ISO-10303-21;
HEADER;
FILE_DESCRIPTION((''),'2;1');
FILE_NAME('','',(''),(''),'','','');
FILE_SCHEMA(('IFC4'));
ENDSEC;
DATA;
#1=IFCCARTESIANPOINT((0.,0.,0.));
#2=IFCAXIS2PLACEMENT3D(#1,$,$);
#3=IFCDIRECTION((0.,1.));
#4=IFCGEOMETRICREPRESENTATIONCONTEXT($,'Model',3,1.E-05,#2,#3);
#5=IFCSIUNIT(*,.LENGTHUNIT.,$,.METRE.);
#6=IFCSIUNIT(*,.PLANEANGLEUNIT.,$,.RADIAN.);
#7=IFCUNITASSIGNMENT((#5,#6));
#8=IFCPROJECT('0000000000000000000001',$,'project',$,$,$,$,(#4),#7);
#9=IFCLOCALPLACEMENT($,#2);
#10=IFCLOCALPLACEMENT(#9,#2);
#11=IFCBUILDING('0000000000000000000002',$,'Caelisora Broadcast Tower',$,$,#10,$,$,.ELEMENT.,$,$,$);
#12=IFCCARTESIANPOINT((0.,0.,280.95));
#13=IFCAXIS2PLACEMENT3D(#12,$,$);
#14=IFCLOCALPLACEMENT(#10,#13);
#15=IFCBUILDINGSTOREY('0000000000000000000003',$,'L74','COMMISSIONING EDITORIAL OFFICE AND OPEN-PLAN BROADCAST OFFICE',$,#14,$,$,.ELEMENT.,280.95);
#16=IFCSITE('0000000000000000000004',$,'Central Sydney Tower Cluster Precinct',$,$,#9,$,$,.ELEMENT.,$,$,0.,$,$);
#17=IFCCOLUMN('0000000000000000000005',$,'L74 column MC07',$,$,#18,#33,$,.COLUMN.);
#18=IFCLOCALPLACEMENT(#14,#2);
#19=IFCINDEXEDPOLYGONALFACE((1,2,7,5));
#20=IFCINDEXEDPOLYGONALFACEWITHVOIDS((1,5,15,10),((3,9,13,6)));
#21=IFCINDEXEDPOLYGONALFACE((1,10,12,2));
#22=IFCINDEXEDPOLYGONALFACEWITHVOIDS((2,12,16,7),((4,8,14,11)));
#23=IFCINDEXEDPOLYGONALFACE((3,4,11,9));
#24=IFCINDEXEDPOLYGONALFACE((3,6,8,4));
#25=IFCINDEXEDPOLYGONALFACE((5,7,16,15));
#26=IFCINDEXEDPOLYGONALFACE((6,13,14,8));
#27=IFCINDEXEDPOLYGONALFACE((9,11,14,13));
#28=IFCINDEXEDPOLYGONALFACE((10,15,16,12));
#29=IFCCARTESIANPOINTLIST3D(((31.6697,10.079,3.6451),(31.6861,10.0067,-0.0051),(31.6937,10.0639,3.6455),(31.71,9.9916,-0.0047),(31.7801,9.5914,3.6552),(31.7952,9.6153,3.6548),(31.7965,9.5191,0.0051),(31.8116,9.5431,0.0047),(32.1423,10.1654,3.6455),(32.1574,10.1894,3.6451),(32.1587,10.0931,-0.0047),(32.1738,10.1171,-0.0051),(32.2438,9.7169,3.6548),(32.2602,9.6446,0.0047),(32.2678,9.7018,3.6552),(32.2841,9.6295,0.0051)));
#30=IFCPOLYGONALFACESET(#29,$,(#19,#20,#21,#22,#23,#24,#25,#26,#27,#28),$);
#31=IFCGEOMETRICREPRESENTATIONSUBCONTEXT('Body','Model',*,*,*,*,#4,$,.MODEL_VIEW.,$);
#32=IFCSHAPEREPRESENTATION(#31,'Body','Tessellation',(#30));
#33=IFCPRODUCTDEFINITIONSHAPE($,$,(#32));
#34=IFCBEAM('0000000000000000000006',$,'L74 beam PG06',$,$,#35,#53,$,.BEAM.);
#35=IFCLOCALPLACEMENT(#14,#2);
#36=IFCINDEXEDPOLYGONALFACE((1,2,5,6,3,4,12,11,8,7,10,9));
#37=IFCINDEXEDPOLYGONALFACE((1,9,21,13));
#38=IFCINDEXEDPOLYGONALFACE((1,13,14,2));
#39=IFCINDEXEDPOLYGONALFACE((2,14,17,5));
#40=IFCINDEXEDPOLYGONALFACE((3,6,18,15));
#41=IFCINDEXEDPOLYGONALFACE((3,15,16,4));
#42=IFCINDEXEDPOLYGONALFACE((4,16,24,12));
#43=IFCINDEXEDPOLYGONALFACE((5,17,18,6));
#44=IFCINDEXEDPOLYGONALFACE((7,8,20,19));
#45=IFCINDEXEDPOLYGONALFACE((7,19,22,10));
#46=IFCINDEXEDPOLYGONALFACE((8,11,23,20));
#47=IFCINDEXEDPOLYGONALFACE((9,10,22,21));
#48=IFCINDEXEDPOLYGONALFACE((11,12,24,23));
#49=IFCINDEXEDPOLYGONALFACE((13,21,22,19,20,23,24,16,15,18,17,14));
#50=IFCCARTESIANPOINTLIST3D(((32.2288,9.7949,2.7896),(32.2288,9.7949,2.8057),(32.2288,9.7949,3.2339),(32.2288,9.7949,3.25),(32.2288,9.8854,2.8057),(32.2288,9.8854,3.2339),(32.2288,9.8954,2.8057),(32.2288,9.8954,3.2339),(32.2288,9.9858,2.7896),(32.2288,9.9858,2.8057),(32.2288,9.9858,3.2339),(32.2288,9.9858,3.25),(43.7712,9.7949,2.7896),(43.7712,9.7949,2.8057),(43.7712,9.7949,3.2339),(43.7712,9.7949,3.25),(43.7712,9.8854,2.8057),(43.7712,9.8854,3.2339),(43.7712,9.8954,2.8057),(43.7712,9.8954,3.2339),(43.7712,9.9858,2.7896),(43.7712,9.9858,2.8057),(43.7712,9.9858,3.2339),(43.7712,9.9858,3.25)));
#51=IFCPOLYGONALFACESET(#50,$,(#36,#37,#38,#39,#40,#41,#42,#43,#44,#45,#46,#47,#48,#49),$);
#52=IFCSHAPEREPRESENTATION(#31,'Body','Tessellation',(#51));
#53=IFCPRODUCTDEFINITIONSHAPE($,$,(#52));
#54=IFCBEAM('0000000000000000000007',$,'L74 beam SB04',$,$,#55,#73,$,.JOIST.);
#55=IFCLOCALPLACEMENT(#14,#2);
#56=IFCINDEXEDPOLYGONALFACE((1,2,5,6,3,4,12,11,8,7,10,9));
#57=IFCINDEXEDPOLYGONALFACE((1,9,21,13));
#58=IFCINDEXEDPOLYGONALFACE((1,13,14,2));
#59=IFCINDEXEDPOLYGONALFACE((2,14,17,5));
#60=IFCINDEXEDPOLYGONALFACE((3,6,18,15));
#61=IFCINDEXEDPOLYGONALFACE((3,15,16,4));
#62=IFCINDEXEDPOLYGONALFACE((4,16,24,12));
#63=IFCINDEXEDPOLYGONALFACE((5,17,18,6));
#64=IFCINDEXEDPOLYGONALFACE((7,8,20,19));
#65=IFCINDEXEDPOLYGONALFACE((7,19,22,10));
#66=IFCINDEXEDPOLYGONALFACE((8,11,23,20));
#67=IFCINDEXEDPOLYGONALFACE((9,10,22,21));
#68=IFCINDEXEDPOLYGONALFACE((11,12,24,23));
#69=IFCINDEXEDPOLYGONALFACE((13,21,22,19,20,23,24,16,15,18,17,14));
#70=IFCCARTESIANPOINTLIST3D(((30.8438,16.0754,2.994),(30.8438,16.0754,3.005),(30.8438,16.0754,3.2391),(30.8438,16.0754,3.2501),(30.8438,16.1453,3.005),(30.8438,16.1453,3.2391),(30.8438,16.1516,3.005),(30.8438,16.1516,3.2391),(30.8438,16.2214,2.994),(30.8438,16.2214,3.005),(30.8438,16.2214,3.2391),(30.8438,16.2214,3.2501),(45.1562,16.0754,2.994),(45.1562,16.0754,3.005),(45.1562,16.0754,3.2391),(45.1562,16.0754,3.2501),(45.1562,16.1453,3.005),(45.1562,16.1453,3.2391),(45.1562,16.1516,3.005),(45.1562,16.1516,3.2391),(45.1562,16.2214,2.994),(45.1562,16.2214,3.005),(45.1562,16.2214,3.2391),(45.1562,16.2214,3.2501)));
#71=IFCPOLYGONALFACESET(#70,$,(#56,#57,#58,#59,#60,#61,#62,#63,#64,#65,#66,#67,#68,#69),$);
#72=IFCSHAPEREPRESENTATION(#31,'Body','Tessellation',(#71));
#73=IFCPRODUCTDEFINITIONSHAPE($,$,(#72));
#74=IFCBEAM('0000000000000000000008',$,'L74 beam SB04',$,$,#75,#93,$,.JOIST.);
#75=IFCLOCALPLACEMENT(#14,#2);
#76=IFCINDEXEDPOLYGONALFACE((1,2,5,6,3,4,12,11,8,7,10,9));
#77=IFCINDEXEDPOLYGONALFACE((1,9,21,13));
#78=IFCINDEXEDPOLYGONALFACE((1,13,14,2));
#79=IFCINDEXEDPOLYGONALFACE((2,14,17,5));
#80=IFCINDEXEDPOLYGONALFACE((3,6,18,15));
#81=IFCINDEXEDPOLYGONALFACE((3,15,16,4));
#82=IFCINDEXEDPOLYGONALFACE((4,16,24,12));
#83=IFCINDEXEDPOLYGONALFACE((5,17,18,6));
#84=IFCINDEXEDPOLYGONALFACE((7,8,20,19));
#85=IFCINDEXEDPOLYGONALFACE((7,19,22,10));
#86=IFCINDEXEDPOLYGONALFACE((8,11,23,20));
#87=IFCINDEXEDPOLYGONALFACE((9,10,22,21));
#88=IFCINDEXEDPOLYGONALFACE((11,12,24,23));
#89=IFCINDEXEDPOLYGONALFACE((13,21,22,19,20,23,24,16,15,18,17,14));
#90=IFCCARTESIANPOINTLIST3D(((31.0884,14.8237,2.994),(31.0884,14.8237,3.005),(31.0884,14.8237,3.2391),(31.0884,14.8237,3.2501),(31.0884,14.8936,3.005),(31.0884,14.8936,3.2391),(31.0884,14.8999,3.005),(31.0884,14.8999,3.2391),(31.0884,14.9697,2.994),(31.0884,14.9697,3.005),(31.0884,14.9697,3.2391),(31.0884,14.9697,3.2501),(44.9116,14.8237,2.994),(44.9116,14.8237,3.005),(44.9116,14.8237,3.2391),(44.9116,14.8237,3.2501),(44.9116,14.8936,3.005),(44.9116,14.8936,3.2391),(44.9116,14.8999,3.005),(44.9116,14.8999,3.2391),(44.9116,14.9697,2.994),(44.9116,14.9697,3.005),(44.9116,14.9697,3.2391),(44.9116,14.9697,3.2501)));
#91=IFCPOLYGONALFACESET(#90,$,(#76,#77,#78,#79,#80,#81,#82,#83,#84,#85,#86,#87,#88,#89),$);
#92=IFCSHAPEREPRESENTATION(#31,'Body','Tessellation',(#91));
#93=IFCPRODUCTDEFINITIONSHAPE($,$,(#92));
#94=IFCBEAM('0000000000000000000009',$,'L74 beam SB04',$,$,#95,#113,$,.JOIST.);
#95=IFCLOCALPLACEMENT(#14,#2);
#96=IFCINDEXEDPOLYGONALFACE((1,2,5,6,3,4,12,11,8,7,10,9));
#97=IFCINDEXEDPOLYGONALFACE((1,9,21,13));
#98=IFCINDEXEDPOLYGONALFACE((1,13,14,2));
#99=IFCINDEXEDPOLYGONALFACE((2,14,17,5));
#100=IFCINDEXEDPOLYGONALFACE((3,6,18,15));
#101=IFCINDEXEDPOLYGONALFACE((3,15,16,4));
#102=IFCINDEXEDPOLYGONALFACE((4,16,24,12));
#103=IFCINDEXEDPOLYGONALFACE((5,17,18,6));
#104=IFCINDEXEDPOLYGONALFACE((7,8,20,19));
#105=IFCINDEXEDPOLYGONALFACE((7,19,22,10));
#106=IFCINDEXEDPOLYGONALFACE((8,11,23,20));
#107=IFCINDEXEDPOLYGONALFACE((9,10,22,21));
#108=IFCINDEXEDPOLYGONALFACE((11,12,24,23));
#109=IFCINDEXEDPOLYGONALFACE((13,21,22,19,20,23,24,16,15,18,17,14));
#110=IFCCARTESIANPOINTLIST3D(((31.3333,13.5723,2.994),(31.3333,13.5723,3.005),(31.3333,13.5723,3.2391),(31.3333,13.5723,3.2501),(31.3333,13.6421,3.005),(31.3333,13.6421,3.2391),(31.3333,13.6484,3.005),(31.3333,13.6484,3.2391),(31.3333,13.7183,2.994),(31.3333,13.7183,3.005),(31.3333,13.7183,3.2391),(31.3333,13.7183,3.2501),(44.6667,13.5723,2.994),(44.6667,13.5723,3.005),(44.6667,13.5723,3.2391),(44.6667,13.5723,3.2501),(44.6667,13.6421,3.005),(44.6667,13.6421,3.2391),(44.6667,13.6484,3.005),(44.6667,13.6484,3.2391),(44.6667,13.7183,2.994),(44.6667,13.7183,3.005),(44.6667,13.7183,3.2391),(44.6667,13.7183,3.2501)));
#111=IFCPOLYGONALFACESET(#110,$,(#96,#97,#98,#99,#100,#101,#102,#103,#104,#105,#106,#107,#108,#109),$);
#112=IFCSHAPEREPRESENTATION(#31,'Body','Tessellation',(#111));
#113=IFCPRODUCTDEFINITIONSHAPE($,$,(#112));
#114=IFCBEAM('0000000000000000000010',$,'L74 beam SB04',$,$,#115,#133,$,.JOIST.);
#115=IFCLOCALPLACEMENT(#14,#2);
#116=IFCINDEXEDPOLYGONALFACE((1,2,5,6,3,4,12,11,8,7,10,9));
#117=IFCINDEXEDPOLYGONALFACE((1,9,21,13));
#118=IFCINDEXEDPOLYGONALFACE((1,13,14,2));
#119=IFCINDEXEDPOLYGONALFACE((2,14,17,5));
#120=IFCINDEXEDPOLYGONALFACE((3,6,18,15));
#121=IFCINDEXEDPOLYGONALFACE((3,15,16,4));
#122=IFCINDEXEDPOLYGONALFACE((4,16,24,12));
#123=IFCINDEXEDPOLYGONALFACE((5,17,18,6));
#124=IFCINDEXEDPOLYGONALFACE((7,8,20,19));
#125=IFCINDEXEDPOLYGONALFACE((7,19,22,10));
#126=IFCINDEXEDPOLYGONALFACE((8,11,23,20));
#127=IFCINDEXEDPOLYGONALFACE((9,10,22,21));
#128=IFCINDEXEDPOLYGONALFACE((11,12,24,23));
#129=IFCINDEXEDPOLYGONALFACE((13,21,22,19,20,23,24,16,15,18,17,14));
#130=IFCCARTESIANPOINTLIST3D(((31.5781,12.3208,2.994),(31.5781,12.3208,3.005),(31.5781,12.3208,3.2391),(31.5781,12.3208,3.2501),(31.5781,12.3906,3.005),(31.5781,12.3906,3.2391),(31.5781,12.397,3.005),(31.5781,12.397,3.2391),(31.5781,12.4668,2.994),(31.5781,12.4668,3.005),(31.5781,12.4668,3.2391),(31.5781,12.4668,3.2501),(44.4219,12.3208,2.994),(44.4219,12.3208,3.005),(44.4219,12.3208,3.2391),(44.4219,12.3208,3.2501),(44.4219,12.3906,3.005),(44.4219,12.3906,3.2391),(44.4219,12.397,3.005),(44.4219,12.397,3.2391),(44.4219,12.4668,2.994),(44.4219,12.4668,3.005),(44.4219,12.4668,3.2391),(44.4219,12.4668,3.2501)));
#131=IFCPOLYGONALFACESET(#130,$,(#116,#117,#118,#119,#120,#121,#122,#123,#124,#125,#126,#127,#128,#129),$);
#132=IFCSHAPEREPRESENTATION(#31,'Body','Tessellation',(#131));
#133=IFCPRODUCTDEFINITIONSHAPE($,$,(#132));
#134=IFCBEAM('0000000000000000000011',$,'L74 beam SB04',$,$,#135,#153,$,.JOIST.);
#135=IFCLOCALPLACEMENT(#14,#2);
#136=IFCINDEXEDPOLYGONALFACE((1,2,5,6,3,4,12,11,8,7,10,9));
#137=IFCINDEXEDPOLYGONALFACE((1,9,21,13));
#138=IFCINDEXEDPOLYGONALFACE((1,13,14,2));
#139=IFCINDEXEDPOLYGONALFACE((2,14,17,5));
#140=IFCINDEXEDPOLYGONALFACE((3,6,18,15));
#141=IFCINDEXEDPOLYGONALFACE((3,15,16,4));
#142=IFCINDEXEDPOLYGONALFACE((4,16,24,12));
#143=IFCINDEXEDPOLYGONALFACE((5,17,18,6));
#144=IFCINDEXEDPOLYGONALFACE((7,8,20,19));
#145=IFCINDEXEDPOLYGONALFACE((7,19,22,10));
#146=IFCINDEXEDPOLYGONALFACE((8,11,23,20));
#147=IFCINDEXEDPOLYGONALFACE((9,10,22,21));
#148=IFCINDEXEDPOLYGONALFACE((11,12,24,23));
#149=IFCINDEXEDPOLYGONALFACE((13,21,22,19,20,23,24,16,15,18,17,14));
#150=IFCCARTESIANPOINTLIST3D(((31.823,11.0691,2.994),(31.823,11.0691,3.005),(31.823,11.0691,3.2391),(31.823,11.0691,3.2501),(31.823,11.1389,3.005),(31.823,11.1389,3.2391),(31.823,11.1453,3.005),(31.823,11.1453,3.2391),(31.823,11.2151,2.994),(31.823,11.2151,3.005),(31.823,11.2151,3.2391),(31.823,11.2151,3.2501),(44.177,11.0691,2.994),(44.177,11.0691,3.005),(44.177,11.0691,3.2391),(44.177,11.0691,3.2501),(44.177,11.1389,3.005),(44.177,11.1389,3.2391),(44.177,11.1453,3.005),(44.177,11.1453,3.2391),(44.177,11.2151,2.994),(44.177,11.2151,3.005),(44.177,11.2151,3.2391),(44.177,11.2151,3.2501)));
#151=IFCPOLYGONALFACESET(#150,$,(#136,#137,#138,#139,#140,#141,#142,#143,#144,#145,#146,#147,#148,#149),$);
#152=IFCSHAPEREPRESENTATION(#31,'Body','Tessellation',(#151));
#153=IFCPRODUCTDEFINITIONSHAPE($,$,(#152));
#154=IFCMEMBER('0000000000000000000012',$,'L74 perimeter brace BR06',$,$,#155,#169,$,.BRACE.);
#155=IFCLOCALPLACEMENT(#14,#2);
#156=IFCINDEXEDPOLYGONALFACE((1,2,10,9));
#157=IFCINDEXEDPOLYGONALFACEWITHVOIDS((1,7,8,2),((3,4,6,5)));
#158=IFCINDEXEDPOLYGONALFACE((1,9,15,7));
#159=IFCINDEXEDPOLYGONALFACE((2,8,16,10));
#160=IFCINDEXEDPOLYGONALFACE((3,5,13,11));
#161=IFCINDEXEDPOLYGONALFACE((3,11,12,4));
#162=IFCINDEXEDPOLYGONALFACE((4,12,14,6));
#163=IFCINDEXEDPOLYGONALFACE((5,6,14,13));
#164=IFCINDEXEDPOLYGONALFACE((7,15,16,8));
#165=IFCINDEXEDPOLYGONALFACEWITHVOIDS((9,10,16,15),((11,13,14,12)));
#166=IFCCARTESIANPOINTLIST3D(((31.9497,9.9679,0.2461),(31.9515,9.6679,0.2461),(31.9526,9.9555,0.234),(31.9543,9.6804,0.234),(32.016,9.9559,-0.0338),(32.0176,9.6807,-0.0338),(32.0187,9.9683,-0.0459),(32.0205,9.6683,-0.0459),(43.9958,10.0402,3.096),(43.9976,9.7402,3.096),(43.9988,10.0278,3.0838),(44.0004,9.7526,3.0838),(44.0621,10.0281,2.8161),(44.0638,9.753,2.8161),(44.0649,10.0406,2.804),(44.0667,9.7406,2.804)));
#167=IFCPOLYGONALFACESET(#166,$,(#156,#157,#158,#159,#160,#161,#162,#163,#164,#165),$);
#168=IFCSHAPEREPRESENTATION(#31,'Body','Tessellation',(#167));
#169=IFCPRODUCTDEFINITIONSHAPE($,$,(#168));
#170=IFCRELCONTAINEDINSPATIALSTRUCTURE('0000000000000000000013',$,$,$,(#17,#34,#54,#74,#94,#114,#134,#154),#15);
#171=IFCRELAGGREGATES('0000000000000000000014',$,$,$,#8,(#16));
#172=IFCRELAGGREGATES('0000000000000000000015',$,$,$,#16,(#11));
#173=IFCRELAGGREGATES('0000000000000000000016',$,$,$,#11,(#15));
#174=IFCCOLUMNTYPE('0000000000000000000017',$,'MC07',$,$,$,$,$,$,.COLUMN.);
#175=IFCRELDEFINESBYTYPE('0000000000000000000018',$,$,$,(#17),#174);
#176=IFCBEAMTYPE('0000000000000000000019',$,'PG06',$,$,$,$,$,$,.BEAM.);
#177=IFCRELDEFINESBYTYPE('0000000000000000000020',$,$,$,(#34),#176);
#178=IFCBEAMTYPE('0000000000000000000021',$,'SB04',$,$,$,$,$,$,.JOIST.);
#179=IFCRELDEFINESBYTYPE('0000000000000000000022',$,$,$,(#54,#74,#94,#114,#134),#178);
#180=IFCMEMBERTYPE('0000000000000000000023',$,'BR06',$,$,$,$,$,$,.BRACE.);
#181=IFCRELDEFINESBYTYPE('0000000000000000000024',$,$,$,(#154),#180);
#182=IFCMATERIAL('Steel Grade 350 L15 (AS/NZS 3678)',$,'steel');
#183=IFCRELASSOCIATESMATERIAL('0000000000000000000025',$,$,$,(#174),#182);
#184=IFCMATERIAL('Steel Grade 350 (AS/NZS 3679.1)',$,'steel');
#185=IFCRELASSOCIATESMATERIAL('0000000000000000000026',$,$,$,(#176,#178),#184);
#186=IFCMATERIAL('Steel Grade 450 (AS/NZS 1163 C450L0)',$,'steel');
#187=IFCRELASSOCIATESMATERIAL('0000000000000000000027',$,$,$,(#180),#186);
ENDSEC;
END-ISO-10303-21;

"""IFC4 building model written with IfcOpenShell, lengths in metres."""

from ifc_helpers import new_model, si_unit, direction, frame, origin, origin_2d, place, context, subcontext, project, spatial, hollow_rectangle, i_section, extrude, source, transform, mapped, material, material_profile, profile_set, type_object, type_shapes, element, save


model = new_model("IFC4")

# Units and contexts
model_context = context("Model", 3, precision=1e-05, world=origin(), true_north=direction((0.0, 1.0)))
body_context = subcontext(model_context, "Body", "Model", "MODEL_VIEW")
ifc_project = project(units=[si_unit("LENGTHUNIT", "METRE"), si_unit("PLANEANGLEUNIT", "RADIAN")], contexts=[model_context])

# Site, building, storey
site_placement = place(None, origin())
site = spatial("IfcSite", under=ifc_project, at=site_placement, Name="Central Sydney Tower Cluster Precinct", CompositionType="ELEMENT", RefElevation=0.0)
building_placement = place(site_placement, origin())
building = spatial("IfcBuilding", under=site, at=building_placement, Name="Caelisora Broadcast Tower", CompositionType="ELEMENT")
storey_placement = place(building_placement, frame((0.0, 0.0, 280.95)))
storey = spatial("IfcBuildingStorey", under=building, at=storey_placement, Name="L74", Description="COMMISSIONING EDITORIAL OFFICE AND OPEN-PLAN BROADCAST OFFICE", CompositionType="ELEMENT", Elevation=280.95)

# Column
ifc_material_1 = material(Name="Steel Grade 350 L15 (AS/NZS 3678)", Category="steel")
ifc_material_profile_1 = material_profile(ifc_material_1, hollow_rectangle(XDim=0.5, YDim=0.5, WallThickness=0.02, at=origin_2d()), Name="Steel Grade 350 L15 (AS/NZS 3678)")
ifc_profile_set_1 = profile_set([ifc_material_profile_1], Name="Steel Grade 350 L15 (AS/NZS 3678)")
column_type = type_object("IfcColumnType", Name="MC07", PredefinedType="COLUMN", material=ifc_profile_set_1)
shared_shape_1 = source(origin(), body_context, "Body", "SweptSolid", [
    extrude(hollow_rectangle(XDim=0.5, YDim=0.5, WallThickness=0.02, at=origin_2d()), origin(), (0.0, 0.0, 1.0), 3.6509),
])
type_shapes(column_type, [shared_shape_1])
column_placement = place(storey_placement, frame((31.9851, 9.8181, 0.0), z_axis=(-0.00448, 0.019794, 0.999794), x_axis=(-0.975327, -0.220767, 0.0)))
element("IfcColumn", 1, at=column_placement, inside=storey, type_object=column_type, Name="L74 column MC07", PredefinedType="COLUMN", context=body_context, shape_type="MappedRepresentation", body=[
    mapped(shared_shape_1, transform((0.0, 0.0, 0.0), scale=1.0)),
])

# Beams
ifc_material_2 = material(Name="Steel Grade 350 (AS/NZS 3679.1)", Category="steel")
ifc_material_profile_2 = material_profile(ifc_material_2, i_section(OverallWidth=0.1909, OverallDepth=0.4604, WebThickness=0.01, FlangeThickness=0.0161, at=origin_2d()), Name="Steel Grade 350 (AS/NZS 3679.1)")
ifc_profile_set_2 = profile_set([ifc_material_profile_2], Name="Steel Grade 350 (AS/NZS 3679.1)")
beam_type_1 = type_object("IfcBeamType", Name="PG06", PredefinedType="BEAM", material=ifc_profile_set_2)
shared_shape_2 = source(origin(), body_context, "Body", "SweptSolid", [
    extrude(i_section(OverallWidth=0.1909, OverallDepth=0.4604, WebThickness=0.01, FlangeThickness=0.0161, at=origin_2d()), origin(), (0.0, 0.0, 1.0), 11.5425),
])
type_shapes(beam_type_1, [shared_shape_2])
beam_1_placement = place(storey_placement, frame((32.2288, 9.8904, 3.0198), z_axis=(1.0, 0.0, 0.0), x_axis=(0.0, 1.0, 0.0)))
element("IfcBeam", 2, at=beam_1_placement, inside=storey, type_object=beam_type_1, Name="L74 beam PG06", PredefinedType="BEAM", context=body_context, shape_type="MappedRepresentation", body=[
    mapped(shared_shape_2, transform((0.0, 0.0, 0.0), scale=1.0)),
])
ifc_material_profile_3 = material_profile(ifc_material_2, i_section(OverallWidth=0.146, OverallDepth=0.2561, WebThickness=0.0063, FlangeThickness=0.011, at=origin_2d()), Name="Steel Grade 350 (AS/NZS 3679.1)")
ifc_profile_set_3 = profile_set([ifc_material_profile_3], Name="Steel Grade 350 (AS/NZS 3679.1)")
beam_type_2 = type_object("IfcBeamType", Name="SB04", PredefinedType="JOIST", material=ifc_profile_set_3)
shared_shape_3 = source(origin(), body_context, "Body", "SweptSolid", [
    extrude(i_section(OverallWidth=0.146, OverallDepth=0.2561, WebThickness=0.0063, FlangeThickness=0.011, at=origin_2d()), origin(), (0.0, 0.0, 1.0), 14.3125),
])
beam_2_placement = place(storey_placement, frame((30.8438, 16.1484, 3.1221), z_axis=(1.0, 0.0, 0.0), x_axis=(0.0, 1.0, 0.0)))
element("IfcBeam", 3, at=beam_2_placement, inside=storey, type_object=beam_type_2, Name="L74 beam SB04", PredefinedType="JOIST", context=body_context, shape_type="MappedRepresentation", body=[
    mapped(shared_shape_3, transform((0.0, 0.0, 0.0), scale=1.0)),
])
shared_shape_4 = source(origin(), body_context, "Body", "SweptSolid", [
    extrude(i_section(OverallWidth=0.146, OverallDepth=0.2561, WebThickness=0.0063, FlangeThickness=0.011, at=origin_2d()), origin(), (0.0, 0.0, 1.0), 13.8232),
])
beam_3_placement = place(storey_placement, frame((31.0884, 14.8967, 3.1221), z_axis=(1.0, 0.0, 0.0), x_axis=(0.0, 1.0, 0.0)))
element("IfcBeam", 4, at=beam_3_placement, inside=storey, type_object=beam_type_2, Name="L74 beam SB04", PredefinedType="JOIST", context=body_context, shape_type="MappedRepresentation", body=[
    mapped(shared_shape_4, transform((0.0, 0.0, 0.0), scale=1.0)),
])
shared_shape_5 = source(origin(), body_context, "Body", "SweptSolid", [
    extrude(i_section(OverallWidth=0.146, OverallDepth=0.2561, WebThickness=0.0063, FlangeThickness=0.011, at=origin_2d()), origin(), (0.0, 0.0, 1.0), 13.3335),
])
beam_4_placement = place(storey_placement, frame((31.3333, 13.6453, 3.1221), z_axis=(1.0, 0.0, 0.0), x_axis=(0.0, 1.0, 0.0)))
element("IfcBeam", 5, at=beam_4_placement, inside=storey, type_object=beam_type_2, Name="L74 beam SB04", PredefinedType="JOIST", context=body_context, shape_type="MappedRepresentation", body=[
    mapped(shared_shape_5, transform((0.0, 0.0, 0.0), scale=1.0)),
])
shared_shape_6 = source(origin(), body_context, "Body", "SweptSolid", [
    extrude(i_section(OverallWidth=0.146, OverallDepth=0.2561, WebThickness=0.0063, FlangeThickness=0.011, at=origin_2d()), origin(), (0.0, 0.0, 1.0), 12.8438),
])
beam_5_placement = place(storey_placement, frame((31.5781, 12.3938, 3.1221), z_axis=(1.0, 0.0, 0.0), x_axis=(0.0, 1.0, 0.0)))
element("IfcBeam", 6, at=beam_5_placement, inside=storey, type_object=beam_type_2, Name="L74 beam SB04", PredefinedType="JOIST", context=body_context, shape_type="MappedRepresentation", body=[
    mapped(shared_shape_6, transform((0.0, 0.0, 0.0), scale=1.0)),
])
shared_shape_7 = source(origin(), body_context, "Body", "SweptSolid", [
    extrude(i_section(OverallWidth=0.146, OverallDepth=0.2561, WebThickness=0.0063, FlangeThickness=0.011, at=origin_2d()), origin(), (0.0, 0.0, 1.0), 12.354),
])
type_shapes(beam_type_2, [shared_shape_3, shared_shape_4, shared_shape_5, shared_shape_6, shared_shape_7])
beam_6_placement = place(storey_placement, frame((31.823, 11.1421, 3.1221), z_axis=(1.0, 0.0, 0.0), x_axis=(0.0, 1.0, 0.0)))
element("IfcBeam", 7, at=beam_6_placement, inside=storey, type_object=beam_type_2, Name="L74 beam SB04", PredefinedType="JOIST", context=body_context, shape_type="MappedRepresentation", body=[
    mapped(shared_shape_7, transform((0.0, 0.0, 0.0), scale=1.0)),
])

# Member
ifc_material_3 = material(Name="Steel Grade 450 (AS/NZS 1163 C450L0)", Category="steel")
ifc_material_profile_4 = material_profile(ifc_material_3, hollow_rectangle(XDim=0.3, YDim=0.3, WallThickness=0.0125, at=origin_2d()), Name="Steel Grade 450 (AS/NZS 1163 C450L0)")
ifc_profile_set_4 = profile_set([ifc_material_profile_4], Name="Steel Grade 450 (AS/NZS 1163 C450L0)")
member_type_1 = type_object("IfcMemberType", Name="BR06", PredefinedType="BRACE", material=ifc_profile_set_4)
shared_shape_8 = source(origin(), body_context, "Body", "SweptSolid", [
    extrude(hollow_rectangle(XDim=0.3, YDim=0.3, WallThickness=0.0125, at=origin_2d()), origin(), (0.0, 0.0, 1.0), 12.3789),
])
type_shapes(member_type_1, [shared_shape_8])
member_1_placement = place(storey_placement, frame((31.9851, 9.8181, 0.1001), z_axis=(0.973121, 0.005838, 0.230219), x_axis=(-0.005999, 0.999982, 0.0)))
element("IfcMember", 8, at=member_1_placement, inside=storey, type_object=member_type_1, Name="L74 perimeter brace BR06", PredefinedType="BRACE", context=body_context, shape_type="MappedRepresentation", body=[
    mapped(shared_shape_8, transform((0.0, 0.0, 0.0), scale=1.0)),
])

save(model, "model.ifc")
